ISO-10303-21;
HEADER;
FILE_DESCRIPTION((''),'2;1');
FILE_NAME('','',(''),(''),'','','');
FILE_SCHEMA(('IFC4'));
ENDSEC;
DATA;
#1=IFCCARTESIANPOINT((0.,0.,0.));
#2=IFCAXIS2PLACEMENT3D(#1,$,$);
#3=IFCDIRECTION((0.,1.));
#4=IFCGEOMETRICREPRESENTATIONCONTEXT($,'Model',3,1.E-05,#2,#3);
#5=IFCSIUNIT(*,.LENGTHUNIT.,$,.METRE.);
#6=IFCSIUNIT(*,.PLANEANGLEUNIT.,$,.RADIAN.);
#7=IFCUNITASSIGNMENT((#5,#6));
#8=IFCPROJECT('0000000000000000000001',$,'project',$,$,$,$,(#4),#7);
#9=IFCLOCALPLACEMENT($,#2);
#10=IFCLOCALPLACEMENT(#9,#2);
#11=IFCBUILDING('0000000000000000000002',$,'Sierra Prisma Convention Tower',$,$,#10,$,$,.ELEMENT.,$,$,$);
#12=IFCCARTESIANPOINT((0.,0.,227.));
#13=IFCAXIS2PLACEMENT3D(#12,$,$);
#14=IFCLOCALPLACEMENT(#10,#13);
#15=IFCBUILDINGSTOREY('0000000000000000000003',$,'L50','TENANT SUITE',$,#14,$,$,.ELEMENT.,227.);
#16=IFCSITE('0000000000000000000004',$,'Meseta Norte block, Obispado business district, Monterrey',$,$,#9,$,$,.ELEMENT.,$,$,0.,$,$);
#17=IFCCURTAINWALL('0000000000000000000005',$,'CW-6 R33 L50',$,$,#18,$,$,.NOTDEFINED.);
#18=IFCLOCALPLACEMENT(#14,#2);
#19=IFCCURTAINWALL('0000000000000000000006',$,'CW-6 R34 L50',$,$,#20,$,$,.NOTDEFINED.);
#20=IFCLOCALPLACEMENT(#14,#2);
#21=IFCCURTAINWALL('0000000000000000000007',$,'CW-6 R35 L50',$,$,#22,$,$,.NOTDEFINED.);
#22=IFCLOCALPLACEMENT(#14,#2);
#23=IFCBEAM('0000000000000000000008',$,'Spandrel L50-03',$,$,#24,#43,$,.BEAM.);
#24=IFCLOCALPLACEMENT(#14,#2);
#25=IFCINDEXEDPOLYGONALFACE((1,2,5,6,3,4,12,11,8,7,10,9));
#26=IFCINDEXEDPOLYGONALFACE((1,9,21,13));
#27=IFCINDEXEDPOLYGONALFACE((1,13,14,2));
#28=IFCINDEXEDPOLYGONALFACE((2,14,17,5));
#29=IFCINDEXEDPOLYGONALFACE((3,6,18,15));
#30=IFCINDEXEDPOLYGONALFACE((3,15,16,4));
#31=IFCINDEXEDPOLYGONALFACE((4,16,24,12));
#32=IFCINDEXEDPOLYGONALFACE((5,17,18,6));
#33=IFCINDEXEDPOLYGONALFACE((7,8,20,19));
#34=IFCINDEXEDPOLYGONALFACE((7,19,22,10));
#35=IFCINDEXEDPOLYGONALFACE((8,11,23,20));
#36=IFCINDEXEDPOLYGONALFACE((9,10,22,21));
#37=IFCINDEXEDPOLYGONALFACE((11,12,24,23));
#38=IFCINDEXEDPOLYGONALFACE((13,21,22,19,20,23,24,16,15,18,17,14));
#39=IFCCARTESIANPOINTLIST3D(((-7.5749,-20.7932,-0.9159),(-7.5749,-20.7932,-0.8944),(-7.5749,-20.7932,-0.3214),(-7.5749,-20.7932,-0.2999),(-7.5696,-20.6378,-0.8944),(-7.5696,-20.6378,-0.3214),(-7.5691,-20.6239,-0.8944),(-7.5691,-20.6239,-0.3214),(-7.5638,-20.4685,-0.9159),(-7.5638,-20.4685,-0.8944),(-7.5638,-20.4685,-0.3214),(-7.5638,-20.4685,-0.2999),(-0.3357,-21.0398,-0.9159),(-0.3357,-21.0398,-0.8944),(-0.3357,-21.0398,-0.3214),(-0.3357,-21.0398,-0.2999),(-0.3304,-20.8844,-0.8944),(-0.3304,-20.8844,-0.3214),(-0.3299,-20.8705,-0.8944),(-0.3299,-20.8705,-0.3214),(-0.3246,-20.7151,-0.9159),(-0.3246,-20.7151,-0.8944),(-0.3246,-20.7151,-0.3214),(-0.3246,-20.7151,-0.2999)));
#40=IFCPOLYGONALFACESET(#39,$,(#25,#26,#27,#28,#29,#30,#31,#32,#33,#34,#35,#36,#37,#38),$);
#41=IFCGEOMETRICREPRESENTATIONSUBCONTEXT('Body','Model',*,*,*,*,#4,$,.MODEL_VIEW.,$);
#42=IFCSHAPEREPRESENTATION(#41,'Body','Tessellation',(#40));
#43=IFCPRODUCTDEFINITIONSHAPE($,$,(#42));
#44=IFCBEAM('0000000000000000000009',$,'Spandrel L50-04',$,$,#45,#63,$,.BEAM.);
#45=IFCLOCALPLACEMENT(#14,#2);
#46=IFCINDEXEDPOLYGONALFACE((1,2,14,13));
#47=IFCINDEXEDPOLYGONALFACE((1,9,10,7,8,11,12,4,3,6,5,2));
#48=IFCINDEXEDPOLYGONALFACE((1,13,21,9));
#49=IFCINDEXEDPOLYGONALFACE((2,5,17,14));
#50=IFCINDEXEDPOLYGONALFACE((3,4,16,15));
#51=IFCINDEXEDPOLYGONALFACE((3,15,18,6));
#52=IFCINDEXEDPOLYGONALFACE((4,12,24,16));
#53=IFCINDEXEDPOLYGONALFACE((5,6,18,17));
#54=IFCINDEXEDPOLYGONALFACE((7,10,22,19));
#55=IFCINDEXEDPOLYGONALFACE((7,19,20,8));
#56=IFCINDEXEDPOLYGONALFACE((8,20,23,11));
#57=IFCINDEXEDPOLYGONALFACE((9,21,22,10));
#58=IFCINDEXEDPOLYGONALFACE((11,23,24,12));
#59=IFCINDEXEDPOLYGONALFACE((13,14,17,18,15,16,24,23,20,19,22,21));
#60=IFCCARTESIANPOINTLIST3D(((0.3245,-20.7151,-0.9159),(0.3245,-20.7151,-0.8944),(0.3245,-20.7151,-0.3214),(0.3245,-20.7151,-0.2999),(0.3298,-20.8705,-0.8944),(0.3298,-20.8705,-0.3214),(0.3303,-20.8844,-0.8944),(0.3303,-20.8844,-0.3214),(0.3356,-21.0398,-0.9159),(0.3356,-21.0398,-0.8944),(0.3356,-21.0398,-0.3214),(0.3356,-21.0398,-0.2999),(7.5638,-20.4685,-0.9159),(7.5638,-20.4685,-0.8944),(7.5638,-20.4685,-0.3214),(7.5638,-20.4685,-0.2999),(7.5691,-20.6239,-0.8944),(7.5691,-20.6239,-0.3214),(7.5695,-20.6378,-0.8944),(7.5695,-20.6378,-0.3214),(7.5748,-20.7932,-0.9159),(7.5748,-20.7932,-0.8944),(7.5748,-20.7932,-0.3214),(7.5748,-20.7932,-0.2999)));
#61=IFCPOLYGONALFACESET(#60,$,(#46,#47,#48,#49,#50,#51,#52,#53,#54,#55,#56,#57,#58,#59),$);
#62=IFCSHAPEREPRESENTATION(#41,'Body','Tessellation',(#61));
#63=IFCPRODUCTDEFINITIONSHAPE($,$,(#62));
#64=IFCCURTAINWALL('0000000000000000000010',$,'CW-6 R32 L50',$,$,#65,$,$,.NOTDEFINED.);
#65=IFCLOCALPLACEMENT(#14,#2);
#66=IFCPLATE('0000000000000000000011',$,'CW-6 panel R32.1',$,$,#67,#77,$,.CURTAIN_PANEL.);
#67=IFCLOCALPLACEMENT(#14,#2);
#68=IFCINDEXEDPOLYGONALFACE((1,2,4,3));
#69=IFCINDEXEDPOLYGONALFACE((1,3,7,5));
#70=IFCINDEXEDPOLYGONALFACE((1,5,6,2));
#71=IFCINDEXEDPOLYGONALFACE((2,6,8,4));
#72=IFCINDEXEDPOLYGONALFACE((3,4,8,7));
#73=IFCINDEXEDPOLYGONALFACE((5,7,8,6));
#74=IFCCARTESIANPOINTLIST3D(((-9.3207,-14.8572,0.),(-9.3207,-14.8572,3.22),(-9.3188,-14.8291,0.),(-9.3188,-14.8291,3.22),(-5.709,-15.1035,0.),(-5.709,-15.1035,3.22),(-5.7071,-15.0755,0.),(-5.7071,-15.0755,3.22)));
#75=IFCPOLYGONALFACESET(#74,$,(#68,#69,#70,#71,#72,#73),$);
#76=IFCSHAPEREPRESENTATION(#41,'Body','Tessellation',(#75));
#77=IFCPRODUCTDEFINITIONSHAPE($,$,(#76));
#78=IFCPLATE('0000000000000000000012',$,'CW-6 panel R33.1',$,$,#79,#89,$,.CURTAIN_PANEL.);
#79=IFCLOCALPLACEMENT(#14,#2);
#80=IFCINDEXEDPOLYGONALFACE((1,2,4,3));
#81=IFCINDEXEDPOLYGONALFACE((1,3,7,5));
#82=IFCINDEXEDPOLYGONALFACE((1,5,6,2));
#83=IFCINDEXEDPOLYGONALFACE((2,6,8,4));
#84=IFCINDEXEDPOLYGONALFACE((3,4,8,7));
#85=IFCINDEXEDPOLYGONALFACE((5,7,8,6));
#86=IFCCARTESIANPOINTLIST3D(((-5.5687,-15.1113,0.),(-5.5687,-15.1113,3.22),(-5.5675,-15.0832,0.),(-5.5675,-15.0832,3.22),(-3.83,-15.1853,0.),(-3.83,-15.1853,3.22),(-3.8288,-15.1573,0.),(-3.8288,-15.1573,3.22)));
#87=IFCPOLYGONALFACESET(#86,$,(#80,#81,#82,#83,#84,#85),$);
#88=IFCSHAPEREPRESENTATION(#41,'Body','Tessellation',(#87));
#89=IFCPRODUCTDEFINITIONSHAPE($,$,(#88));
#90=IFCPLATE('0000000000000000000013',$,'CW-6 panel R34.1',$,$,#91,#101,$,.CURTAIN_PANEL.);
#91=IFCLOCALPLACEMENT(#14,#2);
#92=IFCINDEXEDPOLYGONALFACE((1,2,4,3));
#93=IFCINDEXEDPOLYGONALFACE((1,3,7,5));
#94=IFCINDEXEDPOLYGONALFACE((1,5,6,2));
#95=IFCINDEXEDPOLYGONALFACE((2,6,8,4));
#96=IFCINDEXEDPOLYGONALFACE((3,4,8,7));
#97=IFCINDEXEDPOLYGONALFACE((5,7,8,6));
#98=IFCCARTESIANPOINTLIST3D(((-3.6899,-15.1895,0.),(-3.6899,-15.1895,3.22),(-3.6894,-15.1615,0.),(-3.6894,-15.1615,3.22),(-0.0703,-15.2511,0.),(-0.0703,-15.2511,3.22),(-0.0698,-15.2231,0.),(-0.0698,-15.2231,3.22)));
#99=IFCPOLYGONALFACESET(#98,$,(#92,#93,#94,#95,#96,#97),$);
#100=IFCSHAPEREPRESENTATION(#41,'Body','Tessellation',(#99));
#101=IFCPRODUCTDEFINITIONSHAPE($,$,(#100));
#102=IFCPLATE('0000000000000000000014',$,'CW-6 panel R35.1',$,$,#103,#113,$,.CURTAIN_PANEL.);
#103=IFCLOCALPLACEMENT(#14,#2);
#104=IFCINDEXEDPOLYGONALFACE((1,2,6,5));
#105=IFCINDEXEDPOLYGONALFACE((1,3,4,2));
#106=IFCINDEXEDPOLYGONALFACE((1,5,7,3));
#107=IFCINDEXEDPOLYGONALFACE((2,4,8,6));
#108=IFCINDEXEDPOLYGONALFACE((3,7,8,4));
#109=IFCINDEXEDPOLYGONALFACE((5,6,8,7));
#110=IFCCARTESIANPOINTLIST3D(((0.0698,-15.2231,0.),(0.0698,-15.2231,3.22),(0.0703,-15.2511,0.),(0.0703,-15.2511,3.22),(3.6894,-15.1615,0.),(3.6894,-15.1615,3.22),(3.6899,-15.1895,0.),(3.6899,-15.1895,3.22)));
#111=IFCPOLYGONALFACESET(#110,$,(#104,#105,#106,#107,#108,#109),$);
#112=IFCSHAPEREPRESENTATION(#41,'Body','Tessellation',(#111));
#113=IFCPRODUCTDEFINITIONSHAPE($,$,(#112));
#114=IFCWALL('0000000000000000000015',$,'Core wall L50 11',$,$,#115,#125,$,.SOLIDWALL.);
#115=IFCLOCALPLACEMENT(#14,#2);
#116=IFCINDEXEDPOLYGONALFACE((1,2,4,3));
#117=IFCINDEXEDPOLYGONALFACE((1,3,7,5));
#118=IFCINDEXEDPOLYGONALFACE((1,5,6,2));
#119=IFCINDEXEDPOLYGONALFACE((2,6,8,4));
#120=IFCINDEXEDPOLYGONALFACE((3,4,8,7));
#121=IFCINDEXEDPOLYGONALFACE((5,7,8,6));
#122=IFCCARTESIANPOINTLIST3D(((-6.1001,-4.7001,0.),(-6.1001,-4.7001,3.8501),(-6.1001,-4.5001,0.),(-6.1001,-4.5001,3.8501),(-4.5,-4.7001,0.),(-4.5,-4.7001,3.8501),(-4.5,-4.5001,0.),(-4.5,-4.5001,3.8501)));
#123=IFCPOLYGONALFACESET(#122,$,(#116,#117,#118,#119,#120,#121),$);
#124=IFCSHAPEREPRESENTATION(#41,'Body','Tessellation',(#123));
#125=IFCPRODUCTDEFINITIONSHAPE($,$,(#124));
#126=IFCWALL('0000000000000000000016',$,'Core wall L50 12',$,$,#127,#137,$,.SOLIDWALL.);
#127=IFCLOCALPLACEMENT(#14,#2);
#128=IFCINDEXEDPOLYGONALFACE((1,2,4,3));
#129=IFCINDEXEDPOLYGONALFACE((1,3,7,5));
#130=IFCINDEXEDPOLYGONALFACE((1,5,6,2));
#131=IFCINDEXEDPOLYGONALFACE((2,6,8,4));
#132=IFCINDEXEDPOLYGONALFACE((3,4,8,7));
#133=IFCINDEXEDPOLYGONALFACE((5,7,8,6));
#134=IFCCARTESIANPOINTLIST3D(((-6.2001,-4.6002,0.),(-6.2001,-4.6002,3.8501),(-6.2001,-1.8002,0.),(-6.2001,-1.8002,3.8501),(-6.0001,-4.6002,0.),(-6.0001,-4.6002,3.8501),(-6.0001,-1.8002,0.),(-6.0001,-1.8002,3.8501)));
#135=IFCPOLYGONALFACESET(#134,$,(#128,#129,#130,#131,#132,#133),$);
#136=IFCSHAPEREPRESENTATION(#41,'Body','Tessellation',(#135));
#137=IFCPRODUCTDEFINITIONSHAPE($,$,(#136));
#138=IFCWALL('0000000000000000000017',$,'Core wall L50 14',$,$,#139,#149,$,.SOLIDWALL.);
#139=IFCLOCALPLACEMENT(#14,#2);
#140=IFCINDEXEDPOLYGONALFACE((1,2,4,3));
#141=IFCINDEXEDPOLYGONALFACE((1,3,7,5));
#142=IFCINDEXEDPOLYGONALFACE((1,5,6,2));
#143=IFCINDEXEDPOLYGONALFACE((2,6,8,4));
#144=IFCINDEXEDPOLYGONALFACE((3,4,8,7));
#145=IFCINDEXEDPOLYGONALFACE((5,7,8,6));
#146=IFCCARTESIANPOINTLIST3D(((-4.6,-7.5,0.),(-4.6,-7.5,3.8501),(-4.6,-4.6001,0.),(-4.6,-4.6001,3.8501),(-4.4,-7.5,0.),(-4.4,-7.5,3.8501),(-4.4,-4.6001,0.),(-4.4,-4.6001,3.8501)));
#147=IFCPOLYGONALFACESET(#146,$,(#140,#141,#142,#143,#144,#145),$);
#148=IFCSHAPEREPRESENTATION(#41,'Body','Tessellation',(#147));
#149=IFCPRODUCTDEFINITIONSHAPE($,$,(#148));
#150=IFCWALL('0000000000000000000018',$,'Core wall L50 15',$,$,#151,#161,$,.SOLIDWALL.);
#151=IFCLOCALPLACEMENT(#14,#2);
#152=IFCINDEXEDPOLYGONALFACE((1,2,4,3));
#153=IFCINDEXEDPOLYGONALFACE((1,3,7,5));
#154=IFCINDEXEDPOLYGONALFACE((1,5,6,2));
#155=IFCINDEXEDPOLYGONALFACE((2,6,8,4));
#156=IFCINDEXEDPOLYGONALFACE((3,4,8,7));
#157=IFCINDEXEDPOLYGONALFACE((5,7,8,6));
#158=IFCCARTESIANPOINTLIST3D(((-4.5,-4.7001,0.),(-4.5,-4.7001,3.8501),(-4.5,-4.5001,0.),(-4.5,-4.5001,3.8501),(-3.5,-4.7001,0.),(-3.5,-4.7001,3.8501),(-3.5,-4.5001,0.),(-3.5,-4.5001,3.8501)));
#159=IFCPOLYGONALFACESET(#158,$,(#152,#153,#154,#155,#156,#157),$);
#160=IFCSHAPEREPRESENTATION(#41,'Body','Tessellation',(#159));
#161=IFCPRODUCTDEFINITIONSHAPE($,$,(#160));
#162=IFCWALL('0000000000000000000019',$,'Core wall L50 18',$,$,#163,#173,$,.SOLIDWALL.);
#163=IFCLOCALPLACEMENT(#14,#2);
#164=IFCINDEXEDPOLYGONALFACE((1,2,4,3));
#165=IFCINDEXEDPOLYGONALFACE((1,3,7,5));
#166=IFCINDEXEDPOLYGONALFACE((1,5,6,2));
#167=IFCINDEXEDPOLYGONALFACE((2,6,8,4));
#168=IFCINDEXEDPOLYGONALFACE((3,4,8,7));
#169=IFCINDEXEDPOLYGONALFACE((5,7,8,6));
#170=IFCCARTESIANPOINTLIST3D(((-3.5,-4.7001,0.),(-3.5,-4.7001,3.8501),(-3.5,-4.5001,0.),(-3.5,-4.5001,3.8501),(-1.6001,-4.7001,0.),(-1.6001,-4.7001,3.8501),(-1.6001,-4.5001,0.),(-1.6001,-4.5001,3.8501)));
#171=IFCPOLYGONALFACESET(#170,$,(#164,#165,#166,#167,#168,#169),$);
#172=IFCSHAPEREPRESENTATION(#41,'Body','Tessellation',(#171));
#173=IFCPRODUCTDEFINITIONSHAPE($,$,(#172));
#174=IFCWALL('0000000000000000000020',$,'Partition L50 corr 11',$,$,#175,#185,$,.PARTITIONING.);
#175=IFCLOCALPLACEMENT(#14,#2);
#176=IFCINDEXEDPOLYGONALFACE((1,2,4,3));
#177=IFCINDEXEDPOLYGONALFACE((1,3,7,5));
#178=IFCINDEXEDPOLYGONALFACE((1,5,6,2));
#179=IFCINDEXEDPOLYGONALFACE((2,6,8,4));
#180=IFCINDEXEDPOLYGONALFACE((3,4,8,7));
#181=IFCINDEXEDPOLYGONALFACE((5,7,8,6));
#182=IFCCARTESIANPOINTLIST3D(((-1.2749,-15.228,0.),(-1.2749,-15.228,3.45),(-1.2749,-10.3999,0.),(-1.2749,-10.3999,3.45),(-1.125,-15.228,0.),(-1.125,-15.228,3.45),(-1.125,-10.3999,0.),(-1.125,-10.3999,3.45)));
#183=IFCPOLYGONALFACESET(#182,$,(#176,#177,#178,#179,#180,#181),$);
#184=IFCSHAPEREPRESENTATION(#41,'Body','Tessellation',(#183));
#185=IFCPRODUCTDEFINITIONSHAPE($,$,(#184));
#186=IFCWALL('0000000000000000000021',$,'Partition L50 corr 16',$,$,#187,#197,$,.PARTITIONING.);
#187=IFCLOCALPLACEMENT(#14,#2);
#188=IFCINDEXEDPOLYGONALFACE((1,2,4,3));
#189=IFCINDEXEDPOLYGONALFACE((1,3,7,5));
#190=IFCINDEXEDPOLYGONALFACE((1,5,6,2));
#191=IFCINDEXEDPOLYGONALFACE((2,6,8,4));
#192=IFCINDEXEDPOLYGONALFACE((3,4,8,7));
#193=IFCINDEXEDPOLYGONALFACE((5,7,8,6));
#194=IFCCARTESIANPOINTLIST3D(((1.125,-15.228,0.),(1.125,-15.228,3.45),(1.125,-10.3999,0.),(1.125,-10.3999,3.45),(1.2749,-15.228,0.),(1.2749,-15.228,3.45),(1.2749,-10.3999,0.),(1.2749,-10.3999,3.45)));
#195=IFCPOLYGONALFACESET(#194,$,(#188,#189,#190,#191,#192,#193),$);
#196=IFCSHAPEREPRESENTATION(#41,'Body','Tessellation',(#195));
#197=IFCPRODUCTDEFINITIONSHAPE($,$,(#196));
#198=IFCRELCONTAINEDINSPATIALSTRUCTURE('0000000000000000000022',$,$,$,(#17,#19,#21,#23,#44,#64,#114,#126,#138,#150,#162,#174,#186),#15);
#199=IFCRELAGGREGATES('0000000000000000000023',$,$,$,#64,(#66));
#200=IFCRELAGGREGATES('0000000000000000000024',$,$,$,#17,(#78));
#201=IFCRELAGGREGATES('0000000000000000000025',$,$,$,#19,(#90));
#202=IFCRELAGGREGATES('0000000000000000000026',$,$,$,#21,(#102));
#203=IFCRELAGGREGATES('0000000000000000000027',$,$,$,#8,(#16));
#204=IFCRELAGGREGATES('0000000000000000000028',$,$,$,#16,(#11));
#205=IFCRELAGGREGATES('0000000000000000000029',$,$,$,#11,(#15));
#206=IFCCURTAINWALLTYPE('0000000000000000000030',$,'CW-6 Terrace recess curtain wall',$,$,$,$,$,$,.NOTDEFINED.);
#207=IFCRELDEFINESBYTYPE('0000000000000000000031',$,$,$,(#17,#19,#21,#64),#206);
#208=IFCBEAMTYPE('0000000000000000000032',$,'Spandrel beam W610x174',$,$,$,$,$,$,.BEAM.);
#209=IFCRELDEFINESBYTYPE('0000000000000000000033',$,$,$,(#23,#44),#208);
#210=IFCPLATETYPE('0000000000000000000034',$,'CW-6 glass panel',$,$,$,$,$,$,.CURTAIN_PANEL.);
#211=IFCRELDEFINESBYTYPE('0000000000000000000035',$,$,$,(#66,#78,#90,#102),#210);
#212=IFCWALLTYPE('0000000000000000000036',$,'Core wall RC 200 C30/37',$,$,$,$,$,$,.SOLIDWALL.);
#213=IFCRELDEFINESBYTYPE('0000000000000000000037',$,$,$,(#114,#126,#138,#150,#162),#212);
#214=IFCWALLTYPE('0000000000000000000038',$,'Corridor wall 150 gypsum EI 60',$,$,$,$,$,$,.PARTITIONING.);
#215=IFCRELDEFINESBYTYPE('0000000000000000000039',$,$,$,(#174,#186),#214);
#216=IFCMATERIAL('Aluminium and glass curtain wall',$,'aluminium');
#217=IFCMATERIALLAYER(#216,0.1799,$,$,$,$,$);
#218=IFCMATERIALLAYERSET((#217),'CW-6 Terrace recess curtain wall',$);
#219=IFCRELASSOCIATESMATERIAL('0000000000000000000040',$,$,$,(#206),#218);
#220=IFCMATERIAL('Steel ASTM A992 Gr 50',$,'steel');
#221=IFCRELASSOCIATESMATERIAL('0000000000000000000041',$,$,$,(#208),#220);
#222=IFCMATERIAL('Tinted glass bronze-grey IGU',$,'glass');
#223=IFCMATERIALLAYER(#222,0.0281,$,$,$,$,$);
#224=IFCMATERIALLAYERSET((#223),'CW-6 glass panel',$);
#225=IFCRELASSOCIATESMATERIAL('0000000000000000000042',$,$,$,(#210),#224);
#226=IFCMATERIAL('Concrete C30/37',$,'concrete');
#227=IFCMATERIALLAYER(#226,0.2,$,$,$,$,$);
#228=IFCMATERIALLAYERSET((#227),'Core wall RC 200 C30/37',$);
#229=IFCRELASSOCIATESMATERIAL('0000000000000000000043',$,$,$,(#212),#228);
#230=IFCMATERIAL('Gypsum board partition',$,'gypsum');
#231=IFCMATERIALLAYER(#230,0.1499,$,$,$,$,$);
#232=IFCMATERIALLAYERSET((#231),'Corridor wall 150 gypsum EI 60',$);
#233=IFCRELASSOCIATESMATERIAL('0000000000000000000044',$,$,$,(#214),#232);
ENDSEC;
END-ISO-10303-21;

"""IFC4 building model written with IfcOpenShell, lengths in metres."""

from ifc_helpers import new_model, si_unit, direction, frame, frame_2d, origin, origin_2d, place, context, subcontext, project, spatial, rectangle, i_section, extrude, material, layer, layer_set, material_profile, profile_set, type_object, element, aggregate, save


model = new_model("IFC4")

# Units and contexts
model_context = context("Model", 3, precision=1e-05, world=origin(), true_north=direction((0.0, 1.0)))
body_context = subcontext(model_context, "Body", "Model", "MODEL_VIEW")
ifc_project = project(units=[si_unit("LENGTHUNIT", "METRE"), si_unit("PLANEANGLEUNIT", "RADIAN")], contexts=[model_context])

# Site, building, storey
site_placement = place(None, origin())
site = spatial("IfcSite", under=ifc_project, at=site_placement, Name="Meseta Norte block, Obispado business district, Monterrey", CompositionType="ELEMENT", RefElevation=0.0)
building_placement = place(site_placement, origin())
building = spatial("IfcBuilding", under=site, at=building_placement, Name="Sierra Prisma Convention Tower", CompositionType="ELEMENT")
storey_placement = place(building_placement, frame((0.0, 0.0, 227.0)))
storey = spatial("IfcBuildingStorey", under=building, at=storey_placement, Name="L50", Description="TENANT SUITE", CompositionType="ELEMENT", Elevation=227.0)

# Curtain walls
ifc_material_1 = material(Name="Aluminium and glass curtain wall", Category="aluminium")
ifc_layer_1 = layer(ifc_material_1, 0.1799)
ifc_layer_set_1 = layer_set([ifc_layer_1], Name="CW-6 Terrace recess curtain wall")
curtain_wall_type = type_object("IfcCurtainWallType", Name="CW-6 Terrace recess curtain wall", PredefinedType="NOTDEFINED", material=ifc_layer_set_1)
curtain_wall_1_placement = place(storey_placement, origin())
curtain_wall_1 = element("IfcCurtainWall", 1, at=curtain_wall_1_placement, inside=storey, type_object=curtain_wall_type, Name="CW-6 R33 L50", PredefinedType="NOTDEFINED")
curtain_wall_2_placement = place(storey_placement, origin())
curtain_wall_2 = element("IfcCurtainWall", 2, at=curtain_wall_2_placement, inside=storey, type_object=curtain_wall_type, Name="CW-6 R34 L50", PredefinedType="NOTDEFINED")
curtain_wall_3_placement = place(storey_placement, origin())
curtain_wall_3 = element("IfcCurtainWall", 3, at=curtain_wall_3_placement, inside=storey, type_object=curtain_wall_type, Name="CW-6 R35 L50", PredefinedType="NOTDEFINED")

# Beams
ifc_material_2 = material(Name="Steel ASTM A992 Gr 50", Category="steel")
ifc_material_profile_1 = material_profile(ifc_material_2, i_section(OverallWidth=0.325, OverallDepth=0.616, WebThickness=0.0139, FlangeThickness=0.0215, at=origin_2d()), Name="W610x174")
ifc_profile_set_1 = profile_set([ifc_material_profile_1], Name="Steel ASTM A992 Gr 50")
beam_type_1 = type_object("IfcBeamType", Name="Spandrel beam W610x174", PredefinedType="BEAM", material=ifc_profile_set_1)
for number, where, z_axis, x_axis, name in (
    (4, (-7.5693, -20.6309, -0.6079), (0.99942, -0.034042, 0.0), (0.034042, 0.99942, 0.0), "Spandrel L50-03"),
    (5, (0.3301, -20.8774, -0.6079), (0.99942, 0.034042, 0.0), (-0.034042, 0.99942, 0.0), "Spandrel L50-04"),
):
    element("IfcBeam", number, at=place(storey_placement, frame(where, z_axis=z_axis, x_axis=x_axis)), inside=storey, type_object=beam_type_1, Name=name, PredefinedType="BEAM", context=body_context, shape_type="SweptSolid", body=[
        extrude(i_section(OverallWidth=0.325, OverallDepth=0.616, WebThickness=0.0139, FlangeThickness=0.0215, at=origin_2d()), origin(), (0.0, 0.0, 1.0), 7.2434),
    ])

# Curtain wall, plate
curtain_wall_4_placement = place(storey_placement, origin())
curtain_wall_4 = element("IfcCurtainWall", 6, at=curtain_wall_4_placement, inside=storey, type_object=curtain_wall_type, Name="CW-6 R32 L50", PredefinedType="NOTDEFINED")
ifc_material_3 = material(Name="Tinted glass bronze-grey IGU", Category="glass")
ifc_layer_2 = layer(ifc_material_3, 0.0281)
ifc_layer_set_2 = layer_set([ifc_layer_2], Name="CW-6 glass panel")
plate_type = type_object("IfcPlateType", Name="CW-6 glass panel", PredefinedType="CURTAIN_PANEL", material=ifc_layer_set_2)
plate_1_placement = place(storey_placement, frame((-7.5139, -14.9663, 0.0), z_axis=(0.0, 0.0, 1.0), x_axis=(0.997682, -0.068043, 0.0)))
plate_1 = element("IfcPlate", 7, at=plate_1_placement, type_object=plate_type, Name="CW-6 panel R32.1", PredefinedType="CURTAIN_PANEL", context=body_context, shape_type="SweptSolid", body=[
    extrude(rectangle(XDim=3.6201, YDim=0.0281, at=origin_2d()), origin(), (0.0, 0.0, 1.0), 3.22),
])
aggregate(curtain_wall_4, [plate_1])

# Plates
plate_2_placement = place(storey_placement, frame((-4.6987, -15.1343, 0.0), z_axis=(0.0, 0.0, 1.0), x_axis=(0.999094, -0.042547, 0.0)))
plate_2 = element("IfcPlate", 8, at=plate_2_placement, type_object=plate_type, Name="CW-6 panel R33.1", PredefinedType="CURTAIN_PANEL", context=body_context, shape_type="SweptSolid", body=[
    extrude(rectangle(XDim=1.7402, YDim=0.0281, at=origin_2d()), origin(), (0.0, 0.0, 1.0), 3.22),
])
aggregate(curtain_wall_1, [plate_2])
plate_3_placement = place(storey_placement, frame((-1.8799, -15.2063, 0.0), z_axis=(0.0, 0.0, 1.0), x_axis=(0.999855, -0.017023, 0.0)))
plate_3 = element("IfcPlate", 9, at=plate_3_placement, type_object=plate_type, Name="CW-6 panel R34.1", PredefinedType="CURTAIN_PANEL", context=body_context, shape_type="SweptSolid", body=[
    extrude(rectangle(XDim=3.6201, YDim=0.0281, at=origin_2d()), origin(), (0.0, 0.0, 1.0), 3.22),
])
aggregate(curtain_wall_2, [plate_3])
plate_4_placement = place(storey_placement, frame((1.8799, -15.2063, 0.0), z_axis=(0.0, 0.0, 1.0), x_axis=(0.999855, 0.017023, 0.0)))
plate_4 = element("IfcPlate", 10, at=plate_4_placement, type_object=plate_type, Name="CW-6 panel R35.1", PredefinedType="CURTAIN_PANEL", context=body_context, shape_type="SweptSolid", body=[
    extrude(rectangle(XDim=3.6201, YDim=0.0281, at=origin_2d()), origin(), (0.0, 0.0, 1.0), 3.22),
])
aggregate(curtain_wall_3, [plate_4])

# Walls
ifc_material_4 = material(Name="Concrete C30/37", Category="concrete")
ifc_layer_3 = layer(ifc_material_4, 0.2)
ifc_layer_set_3 = layer_set([ifc_layer_3], Name="Core wall RC 200 C30/37")
wall_type_1 = type_object("IfcWallType", Name="Core wall RC 200 C30/37", PredefinedType="SOLIDWALL", material=ifc_layer_set_3)
wall_1_placement = place(storey_placement, frame((-6.1001, -4.6001, 0.0), z_axis=(0.0, 0.0, 1.0), x_axis=(1.0, 0.0, 0.0)))
element("IfcWall", 11, at=wall_1_placement, inside=storey, type_object=wall_type_1, Name="Core wall L50 11", PredefinedType="SOLIDWALL", context=body_context, shape_type="SweptSolid", body=[
    extrude(rectangle(XDim=1.6001, YDim=0.2, at=frame_2d((0.8, 0.0))), origin(), (0.0, 0.0, 1.0), 3.8501),
])
wall_2_placement = place(storey_placement, frame((-6.1001, -4.6001, 0.0), z_axis=(0.0, 0.0, 1.0), x_axis=(0.0, 1.0, 0.0)))
element("IfcWall", 12, at=wall_2_placement, inside=storey, type_object=wall_type_1, Name="Core wall L50 12", PredefinedType="SOLIDWALL", context=body_context, shape_type="SweptSolid", body=[
    extrude(rectangle(XDim=2.8, YDim=0.2, at=frame_2d((1.3999, 0.0))), origin(), (0.0, 0.0, 1.0), 3.8501),
])
wall_3_placement = place(storey_placement, frame((-4.5, -4.6001, 0.0), z_axis=(0.0, 0.0, 1.0), x_axis=(0.0, -1.0, 0.0)))
element("IfcWall", 13, at=wall_3_placement, inside=storey, type_object=wall_type_1, Name="Core wall L50 14", PredefinedType="SOLIDWALL", context=body_context, shape_type="SweptSolid", body=[
    extrude(rectangle(XDim=2.8999, YDim=0.2, at=frame_2d((1.45, 0.0))), origin(), (0.0, 0.0, 1.0), 3.8501),
])
wall_4_placement = place(storey_placement, frame((-4.5, -4.6001, 0.0), z_axis=(0.0, 0.0, 1.0), x_axis=(1.0, 0.0, 0.0)))
element("IfcWall", 14, at=wall_4_placement, inside=storey, type_object=wall_type_1, Name="Core wall L50 15", PredefinedType="SOLIDWALL", context=body_context, shape_type="SweptSolid", body=[
    extrude(rectangle(XDim=1.0, YDim=0.2, at=frame_2d((0.5, 0.0))), origin(), (0.0, 0.0, 1.0), 3.8501),
])
wall_5_placement = place(storey_placement, frame((-3.5, -4.6001, 0.0), z_axis=(0.0, 0.0, 1.0), x_axis=(1.0, 0.0, 0.0)))
element("IfcWall", 15, at=wall_5_placement, inside=storey, type_object=wall_type_1, Name="Core wall L50 18", PredefinedType="SOLIDWALL", context=body_context, shape_type="SweptSolid", body=[
    extrude(rectangle(XDim=1.8999, YDim=0.2, at=frame_2d((0.95, 0.0))), origin(), (0.0, 0.0, 1.0), 3.8501),
])

# Walls
ifc_material_5 = material(Name="Gypsum board partition", Category="gypsum")
ifc_layer_4 = layer(ifc_material_5, 0.1499)
ifc_layer_set_4 = layer_set([ifc_layer_4], Name="Corridor wall 150 gypsum EI 60")
wall_type_2 = type_object("IfcWallType", Name="Corridor wall 150 gypsum EI 60", PredefinedType="PARTITIONING", material=ifc_layer_set_4)
for number, where, z_axis, x_axis, name in (
    (16, (-1.2, -10.3999, 0.0), (0.0, 0.0, 1.0), (0.0, -1.0, 0.0), "Partition L50 corr 11"),
    (17, (1.2, -15.228, 0.0), (0.0, 0.0, 1.0), (0.0, 1.0, 0.0), "Partition L50 corr 16"),
):
    element("IfcWall", number, at=place(storey_placement, frame(where, z_axis=z_axis, x_axis=x_axis)), inside=storey, type_object=wall_type_2, Name=name, PredefinedType="PARTITIONING", context=body_context, shape_type="SweptSolid", body=[
        extrude(rectangle(XDim=4.8281, YDim=0.1499, at=frame_2d((2.4141, 0.0))), origin(), (0.0, 0.0, 1.0), 3.45),
    ])

save(model, "model.ifc")
